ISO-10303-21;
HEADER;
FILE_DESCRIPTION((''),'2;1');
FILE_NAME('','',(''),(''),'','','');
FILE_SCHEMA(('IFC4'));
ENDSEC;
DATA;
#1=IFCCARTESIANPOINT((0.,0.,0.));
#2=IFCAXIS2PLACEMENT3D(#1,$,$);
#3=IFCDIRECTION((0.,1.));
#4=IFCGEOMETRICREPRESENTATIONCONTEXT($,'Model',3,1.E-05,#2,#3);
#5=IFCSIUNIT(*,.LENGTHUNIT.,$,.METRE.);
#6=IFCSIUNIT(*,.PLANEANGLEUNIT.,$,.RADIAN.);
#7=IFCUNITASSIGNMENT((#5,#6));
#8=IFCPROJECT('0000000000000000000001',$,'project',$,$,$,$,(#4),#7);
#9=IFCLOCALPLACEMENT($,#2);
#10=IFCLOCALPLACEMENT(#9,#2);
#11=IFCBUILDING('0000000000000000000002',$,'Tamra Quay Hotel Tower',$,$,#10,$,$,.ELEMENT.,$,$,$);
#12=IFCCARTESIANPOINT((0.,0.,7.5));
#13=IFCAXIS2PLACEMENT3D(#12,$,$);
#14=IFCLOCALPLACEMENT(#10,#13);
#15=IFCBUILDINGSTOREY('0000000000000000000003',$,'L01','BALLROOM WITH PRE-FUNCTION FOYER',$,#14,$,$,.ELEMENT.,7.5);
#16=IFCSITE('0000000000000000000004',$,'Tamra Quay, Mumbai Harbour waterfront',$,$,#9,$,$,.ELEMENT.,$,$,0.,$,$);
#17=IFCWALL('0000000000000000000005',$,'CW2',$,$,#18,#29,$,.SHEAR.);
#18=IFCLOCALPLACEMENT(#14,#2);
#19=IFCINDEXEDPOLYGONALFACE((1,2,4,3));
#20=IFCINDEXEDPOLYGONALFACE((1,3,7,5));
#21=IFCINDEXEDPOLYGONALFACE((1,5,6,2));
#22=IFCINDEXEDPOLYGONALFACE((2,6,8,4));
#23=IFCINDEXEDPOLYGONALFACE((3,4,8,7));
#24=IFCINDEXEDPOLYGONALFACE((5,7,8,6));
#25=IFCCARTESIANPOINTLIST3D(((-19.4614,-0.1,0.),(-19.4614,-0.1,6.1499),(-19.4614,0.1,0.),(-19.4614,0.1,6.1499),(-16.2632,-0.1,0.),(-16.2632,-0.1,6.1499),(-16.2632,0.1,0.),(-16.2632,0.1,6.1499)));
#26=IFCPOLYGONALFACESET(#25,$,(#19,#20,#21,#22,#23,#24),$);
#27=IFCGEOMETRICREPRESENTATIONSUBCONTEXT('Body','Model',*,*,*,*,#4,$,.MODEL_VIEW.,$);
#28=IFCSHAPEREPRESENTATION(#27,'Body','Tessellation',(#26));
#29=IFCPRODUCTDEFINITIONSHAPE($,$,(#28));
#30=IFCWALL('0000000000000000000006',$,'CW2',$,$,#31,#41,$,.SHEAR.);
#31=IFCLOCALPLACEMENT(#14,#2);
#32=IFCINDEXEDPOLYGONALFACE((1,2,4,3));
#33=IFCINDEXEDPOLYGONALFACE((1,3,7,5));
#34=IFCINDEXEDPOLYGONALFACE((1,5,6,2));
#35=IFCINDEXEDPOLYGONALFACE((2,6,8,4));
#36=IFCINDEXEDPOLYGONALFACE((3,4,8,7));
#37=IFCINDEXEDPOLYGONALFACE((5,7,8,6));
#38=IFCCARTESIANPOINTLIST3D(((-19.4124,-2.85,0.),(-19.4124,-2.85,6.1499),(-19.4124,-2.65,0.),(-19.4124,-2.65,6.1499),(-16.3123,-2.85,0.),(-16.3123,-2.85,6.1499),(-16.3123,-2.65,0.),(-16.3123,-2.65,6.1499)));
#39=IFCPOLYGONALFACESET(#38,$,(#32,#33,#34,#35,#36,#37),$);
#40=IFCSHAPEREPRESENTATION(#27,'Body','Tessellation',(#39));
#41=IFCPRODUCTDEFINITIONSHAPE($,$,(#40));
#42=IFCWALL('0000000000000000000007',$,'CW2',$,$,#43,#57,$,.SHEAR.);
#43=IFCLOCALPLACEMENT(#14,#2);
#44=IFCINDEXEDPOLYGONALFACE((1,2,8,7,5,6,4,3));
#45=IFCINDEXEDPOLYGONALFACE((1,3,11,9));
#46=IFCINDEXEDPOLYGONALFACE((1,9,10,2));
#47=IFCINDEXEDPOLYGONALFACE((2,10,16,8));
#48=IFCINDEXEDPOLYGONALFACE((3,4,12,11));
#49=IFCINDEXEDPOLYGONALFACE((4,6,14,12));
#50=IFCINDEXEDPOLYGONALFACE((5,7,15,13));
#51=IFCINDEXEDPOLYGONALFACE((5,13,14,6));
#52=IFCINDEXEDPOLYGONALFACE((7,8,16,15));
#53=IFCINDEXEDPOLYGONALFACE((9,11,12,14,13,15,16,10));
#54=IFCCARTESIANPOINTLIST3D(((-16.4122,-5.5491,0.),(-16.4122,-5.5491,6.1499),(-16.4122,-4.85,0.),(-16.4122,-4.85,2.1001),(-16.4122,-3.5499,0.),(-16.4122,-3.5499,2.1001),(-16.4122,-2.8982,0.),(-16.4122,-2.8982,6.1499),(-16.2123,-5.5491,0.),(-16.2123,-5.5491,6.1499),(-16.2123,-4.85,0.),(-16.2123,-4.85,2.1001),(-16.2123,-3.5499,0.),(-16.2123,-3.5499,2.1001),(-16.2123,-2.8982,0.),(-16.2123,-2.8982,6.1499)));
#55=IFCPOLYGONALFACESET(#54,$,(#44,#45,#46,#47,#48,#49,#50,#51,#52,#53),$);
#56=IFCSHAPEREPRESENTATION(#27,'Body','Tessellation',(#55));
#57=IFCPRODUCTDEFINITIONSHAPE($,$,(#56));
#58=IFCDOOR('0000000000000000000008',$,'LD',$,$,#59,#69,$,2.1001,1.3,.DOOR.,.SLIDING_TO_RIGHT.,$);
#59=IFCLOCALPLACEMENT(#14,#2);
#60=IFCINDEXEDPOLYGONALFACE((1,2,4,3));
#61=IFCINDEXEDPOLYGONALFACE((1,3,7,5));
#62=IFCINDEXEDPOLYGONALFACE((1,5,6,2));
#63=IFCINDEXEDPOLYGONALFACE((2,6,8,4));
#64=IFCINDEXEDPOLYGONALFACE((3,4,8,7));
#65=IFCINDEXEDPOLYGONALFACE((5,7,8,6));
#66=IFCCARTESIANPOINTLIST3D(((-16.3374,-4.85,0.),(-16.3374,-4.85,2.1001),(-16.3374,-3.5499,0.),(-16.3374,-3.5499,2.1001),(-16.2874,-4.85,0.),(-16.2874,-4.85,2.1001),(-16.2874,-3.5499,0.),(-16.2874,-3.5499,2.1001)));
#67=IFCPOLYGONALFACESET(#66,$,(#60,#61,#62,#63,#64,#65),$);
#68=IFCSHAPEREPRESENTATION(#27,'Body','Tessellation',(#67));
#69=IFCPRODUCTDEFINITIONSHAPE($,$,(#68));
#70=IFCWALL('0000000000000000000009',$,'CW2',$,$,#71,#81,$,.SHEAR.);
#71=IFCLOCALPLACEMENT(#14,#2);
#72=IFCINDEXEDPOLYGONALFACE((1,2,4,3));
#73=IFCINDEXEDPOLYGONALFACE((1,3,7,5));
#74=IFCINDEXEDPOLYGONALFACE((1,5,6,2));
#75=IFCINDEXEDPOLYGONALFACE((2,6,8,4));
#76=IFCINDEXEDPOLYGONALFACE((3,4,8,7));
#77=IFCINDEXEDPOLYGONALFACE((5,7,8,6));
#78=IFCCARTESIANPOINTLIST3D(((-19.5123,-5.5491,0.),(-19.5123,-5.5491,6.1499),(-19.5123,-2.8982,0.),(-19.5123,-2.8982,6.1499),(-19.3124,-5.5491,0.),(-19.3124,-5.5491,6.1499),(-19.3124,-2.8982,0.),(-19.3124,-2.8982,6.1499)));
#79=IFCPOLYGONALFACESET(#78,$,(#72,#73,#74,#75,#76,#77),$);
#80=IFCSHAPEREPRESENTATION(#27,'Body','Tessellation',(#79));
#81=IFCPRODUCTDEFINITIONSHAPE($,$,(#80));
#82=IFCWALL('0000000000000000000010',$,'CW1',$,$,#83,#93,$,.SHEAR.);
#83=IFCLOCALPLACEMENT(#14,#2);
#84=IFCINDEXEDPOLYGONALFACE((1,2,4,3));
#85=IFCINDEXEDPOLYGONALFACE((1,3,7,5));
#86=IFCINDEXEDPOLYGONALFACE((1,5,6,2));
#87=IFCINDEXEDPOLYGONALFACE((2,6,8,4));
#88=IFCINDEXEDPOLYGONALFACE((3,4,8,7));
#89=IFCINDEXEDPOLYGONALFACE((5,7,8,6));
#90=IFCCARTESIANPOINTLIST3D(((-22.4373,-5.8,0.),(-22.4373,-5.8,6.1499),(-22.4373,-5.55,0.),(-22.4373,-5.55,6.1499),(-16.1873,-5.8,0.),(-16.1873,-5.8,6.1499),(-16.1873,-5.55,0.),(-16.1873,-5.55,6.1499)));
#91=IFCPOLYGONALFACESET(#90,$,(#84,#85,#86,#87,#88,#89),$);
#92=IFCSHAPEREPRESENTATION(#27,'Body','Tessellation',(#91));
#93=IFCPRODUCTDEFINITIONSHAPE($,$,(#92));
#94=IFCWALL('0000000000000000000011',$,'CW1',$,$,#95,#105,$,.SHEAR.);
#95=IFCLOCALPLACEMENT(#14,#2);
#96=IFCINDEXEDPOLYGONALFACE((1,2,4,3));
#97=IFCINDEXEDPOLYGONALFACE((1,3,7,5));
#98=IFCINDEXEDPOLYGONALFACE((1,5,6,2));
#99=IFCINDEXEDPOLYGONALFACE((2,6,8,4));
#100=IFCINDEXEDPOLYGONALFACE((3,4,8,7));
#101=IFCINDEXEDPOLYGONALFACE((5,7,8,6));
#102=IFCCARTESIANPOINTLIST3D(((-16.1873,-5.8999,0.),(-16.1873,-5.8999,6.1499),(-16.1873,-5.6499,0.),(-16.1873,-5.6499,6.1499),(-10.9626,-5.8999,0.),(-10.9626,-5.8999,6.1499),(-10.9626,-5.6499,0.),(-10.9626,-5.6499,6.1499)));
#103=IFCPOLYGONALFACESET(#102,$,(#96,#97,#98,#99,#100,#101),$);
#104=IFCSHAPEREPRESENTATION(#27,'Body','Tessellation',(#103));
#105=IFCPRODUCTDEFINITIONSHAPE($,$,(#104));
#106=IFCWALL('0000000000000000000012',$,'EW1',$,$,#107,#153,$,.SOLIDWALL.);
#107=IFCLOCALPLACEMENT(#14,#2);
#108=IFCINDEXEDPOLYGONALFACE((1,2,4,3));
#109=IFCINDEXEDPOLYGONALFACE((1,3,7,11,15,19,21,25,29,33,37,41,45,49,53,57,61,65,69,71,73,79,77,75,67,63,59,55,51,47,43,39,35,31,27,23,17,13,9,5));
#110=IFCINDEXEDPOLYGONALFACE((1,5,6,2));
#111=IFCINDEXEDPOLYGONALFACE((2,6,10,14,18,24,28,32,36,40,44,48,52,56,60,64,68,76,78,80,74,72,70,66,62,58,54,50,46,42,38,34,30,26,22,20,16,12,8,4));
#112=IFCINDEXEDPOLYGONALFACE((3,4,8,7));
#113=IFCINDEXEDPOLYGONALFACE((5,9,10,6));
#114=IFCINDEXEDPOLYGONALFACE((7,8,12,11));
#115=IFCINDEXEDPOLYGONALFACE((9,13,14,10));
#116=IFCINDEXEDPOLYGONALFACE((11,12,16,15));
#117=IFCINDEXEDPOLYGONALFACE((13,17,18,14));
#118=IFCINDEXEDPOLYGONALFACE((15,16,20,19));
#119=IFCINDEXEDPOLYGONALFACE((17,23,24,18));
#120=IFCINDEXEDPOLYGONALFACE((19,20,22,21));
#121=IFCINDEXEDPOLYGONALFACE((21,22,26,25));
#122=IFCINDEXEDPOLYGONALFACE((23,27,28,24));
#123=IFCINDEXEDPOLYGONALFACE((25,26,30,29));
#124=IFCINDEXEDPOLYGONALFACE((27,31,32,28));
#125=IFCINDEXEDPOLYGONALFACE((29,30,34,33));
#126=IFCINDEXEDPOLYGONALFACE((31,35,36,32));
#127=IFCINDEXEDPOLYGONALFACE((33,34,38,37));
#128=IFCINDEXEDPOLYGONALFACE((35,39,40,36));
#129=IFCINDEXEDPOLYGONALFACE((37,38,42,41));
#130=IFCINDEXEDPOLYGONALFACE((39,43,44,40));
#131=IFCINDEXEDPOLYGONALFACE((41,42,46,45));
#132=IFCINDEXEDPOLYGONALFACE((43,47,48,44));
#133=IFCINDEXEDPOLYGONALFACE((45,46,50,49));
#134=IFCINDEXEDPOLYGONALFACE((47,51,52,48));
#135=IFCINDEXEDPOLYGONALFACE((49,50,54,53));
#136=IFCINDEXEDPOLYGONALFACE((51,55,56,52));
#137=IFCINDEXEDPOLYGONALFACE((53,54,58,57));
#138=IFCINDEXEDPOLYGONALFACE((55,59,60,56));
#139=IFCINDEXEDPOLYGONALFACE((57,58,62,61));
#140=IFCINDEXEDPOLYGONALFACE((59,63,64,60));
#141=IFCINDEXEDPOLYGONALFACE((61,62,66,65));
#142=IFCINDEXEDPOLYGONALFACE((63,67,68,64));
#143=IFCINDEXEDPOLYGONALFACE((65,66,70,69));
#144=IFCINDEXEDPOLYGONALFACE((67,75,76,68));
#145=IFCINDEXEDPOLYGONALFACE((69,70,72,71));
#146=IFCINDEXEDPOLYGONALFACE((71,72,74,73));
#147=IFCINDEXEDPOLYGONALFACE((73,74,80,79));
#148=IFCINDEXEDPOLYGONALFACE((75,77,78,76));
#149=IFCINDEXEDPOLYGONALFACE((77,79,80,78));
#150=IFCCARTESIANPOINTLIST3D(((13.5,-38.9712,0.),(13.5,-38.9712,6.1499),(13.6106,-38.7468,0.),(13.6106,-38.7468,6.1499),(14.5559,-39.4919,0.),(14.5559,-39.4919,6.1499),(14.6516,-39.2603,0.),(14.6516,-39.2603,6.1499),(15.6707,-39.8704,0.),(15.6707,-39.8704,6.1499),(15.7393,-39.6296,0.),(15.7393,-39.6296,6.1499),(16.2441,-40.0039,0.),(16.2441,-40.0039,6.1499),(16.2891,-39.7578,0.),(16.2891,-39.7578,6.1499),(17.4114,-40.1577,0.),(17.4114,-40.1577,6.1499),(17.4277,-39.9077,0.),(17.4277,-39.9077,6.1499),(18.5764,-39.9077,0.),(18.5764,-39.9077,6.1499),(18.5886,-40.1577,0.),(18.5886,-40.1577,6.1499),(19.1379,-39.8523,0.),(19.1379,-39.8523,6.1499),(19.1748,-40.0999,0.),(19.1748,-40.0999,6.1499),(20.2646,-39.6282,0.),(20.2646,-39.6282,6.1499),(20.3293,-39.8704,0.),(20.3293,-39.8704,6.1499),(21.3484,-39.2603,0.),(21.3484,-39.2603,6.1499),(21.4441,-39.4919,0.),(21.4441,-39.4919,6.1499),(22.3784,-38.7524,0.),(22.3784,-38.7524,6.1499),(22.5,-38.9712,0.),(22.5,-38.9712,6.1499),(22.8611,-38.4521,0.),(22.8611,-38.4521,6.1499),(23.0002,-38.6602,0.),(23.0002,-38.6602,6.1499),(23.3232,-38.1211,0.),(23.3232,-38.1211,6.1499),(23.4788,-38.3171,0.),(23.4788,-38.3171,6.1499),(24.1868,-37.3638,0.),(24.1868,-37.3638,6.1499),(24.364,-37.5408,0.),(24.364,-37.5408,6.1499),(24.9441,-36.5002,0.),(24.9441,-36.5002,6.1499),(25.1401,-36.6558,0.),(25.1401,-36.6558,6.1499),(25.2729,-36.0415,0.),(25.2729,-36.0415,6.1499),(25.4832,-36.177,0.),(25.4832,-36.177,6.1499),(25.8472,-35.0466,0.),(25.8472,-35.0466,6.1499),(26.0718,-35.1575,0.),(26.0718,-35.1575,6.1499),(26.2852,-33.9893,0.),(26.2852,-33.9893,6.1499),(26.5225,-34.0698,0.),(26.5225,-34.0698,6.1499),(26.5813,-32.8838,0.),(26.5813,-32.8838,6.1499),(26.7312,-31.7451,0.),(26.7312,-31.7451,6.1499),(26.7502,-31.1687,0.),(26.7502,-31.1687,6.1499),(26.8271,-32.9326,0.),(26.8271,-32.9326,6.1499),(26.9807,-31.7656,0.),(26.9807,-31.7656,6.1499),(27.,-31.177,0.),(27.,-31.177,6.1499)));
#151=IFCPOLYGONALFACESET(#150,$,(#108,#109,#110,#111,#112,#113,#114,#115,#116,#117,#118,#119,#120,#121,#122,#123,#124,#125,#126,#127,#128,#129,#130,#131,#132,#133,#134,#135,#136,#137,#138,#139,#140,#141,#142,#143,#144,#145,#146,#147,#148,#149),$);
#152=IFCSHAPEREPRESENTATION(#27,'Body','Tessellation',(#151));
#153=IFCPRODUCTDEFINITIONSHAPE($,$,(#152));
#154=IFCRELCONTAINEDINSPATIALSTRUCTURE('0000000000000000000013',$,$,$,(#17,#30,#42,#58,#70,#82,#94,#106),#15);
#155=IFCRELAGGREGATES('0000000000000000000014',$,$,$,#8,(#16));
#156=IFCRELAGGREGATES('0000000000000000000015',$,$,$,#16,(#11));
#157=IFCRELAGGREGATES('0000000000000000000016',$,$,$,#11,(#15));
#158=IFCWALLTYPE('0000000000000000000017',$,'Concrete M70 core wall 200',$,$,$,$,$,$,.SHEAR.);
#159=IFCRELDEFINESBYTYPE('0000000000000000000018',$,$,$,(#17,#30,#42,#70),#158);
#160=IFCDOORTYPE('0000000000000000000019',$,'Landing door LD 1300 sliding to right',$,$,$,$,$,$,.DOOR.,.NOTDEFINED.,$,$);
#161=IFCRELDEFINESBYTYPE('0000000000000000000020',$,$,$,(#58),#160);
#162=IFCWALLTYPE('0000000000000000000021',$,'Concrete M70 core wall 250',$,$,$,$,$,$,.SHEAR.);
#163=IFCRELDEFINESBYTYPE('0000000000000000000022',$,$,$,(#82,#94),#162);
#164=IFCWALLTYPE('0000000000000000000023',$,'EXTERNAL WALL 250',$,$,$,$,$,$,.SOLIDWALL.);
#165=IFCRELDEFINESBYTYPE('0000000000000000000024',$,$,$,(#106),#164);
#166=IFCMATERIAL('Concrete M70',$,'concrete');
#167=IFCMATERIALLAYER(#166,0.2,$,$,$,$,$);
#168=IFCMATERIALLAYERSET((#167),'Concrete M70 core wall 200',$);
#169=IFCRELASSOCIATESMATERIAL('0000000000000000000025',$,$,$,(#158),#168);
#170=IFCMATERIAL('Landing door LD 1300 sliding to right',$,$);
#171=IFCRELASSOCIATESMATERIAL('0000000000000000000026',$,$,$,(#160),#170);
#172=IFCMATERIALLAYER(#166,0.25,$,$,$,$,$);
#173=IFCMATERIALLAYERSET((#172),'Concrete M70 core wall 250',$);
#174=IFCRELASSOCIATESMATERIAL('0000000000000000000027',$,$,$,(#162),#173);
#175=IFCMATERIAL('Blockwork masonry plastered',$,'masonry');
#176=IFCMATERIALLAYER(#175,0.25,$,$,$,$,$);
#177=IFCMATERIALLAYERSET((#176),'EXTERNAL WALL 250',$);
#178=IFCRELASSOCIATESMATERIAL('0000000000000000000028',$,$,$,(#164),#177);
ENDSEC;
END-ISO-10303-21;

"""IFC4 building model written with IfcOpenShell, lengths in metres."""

from ifc_helpers import new_model, si_unit, direction, frame, frame_2d, origin, place, context, subcontext, project, spatial, polyline, rectangle, outline, extrude, material, layer, layer_set, type_object, element, fill, save


model = new_model("IFC4")

# Units and contexts
model_context = context("Model", 3, precision=1e-05, world=origin(), true_north=direction((0.0, 1.0)))
body_context = subcontext(model_context, "Body", "Model", "MODEL_VIEW")
ifc_project = project(units=[si_unit("LENGTHUNIT", "METRE"), si_unit("PLANEANGLEUNIT", "RADIAN")], contexts=[model_context])

# Site, building, storey
site_placement = place(None, origin())
site = spatial("IfcSite", under=ifc_project, at=site_placement, Name="Tamra Quay, Mumbai Harbour waterfront", CompositionType="ELEMENT", RefElevation=0.0)
building_placement = place(site_placement, origin())
building = spatial("IfcBuilding", under=site, at=building_placement, Name="Tamra Quay Hotel Tower", CompositionType="ELEMENT")
storey_placement = place(building_placement, frame((0.0, 0.0, 7.5)))
storey = spatial("IfcBuildingStorey", under=building, at=storey_placement, Name="L01", Description="BALLROOM WITH PRE-FUNCTION FOYER", CompositionType="ELEMENT", Elevation=7.5)

# Shared definitions
ifc_material_1 = material(Name="Concrete M70", Category="concrete")

# Shared definitions
ifc_layer_1 = layer(ifc_material_1, 0.2)
ifc_layer_set_1 = layer_set([ifc_layer_1], Name="Concrete M70 core wall 200")
wall_type_1 = type_object("IfcWallType", Name="Concrete M70 core wall 200", PredefinedType="SHEAR", material=ifc_layer_set_1)

# Walls
wall_1_placement = place(storey_placement, frame((-16.2632, 0.0, 0.0), z_axis=(0.0, 0.0, 1.0), x_axis=(-1.0, 0.0, 0.0)))
element("IfcWall", 1, at=wall_1_placement, inside=storey, type_object=wall_type_1, Name="CW2", PredefinedType="SHEAR", context=body_context, shape_type="SweptSolid", body=[
    extrude(rectangle(XDim=3.1982, YDim=0.2, at=frame_2d((1.5991, 0.0))), origin(), (0.0, 0.0, 1.0), 6.1499),
])
wall_2_placement = place(storey_placement, frame((-19.4124, -2.75, 0.0), z_axis=(0.0, 0.0, 1.0), x_axis=(1.0, 0.0, 0.0)))
element("IfcWall", 2, at=wall_2_placement, inside=storey, type_object=wall_type_1, Name="CW2", PredefinedType="SHEAR", context=body_context, shape_type="SweptSolid", body=[
    extrude(rectangle(XDim=3.1001, YDim=0.2, at=frame_2d((1.55, 0.0))), origin(), (0.0, 0.0, 1.0), 6.1499),
])

# Wall, opening, door
wall_3_placement = place(storey_placement, frame((-16.3123, -2.8982, 0.0), z_axis=(0.0, 0.0, 1.0), x_axis=(0.0, -1.0, 0.0)))
wall_3 = element("IfcWall", 3, at=wall_3_placement, inside=storey, type_object=wall_type_1, Name="CW2", PredefinedType="SHEAR", context=body_context, shape_type="SweptSolid", body=[
    extrude(rectangle(XDim=2.6509, YDim=0.2, at=frame_2d((1.3254, 0.0))), origin(), (0.0, 0.0, 1.0), 6.1499),
])
opening_1_placement = place(wall_3_placement, frame((0.6519, 0.0, 0.0)))
opening_1 = element("IfcOpeningElement", 4, at=opening_1_placement, cuts=wall_3, PredefinedType="OPENING", context=body_context, shape_type="SweptSolid", body=[
    extrude(rectangle(XDim=1.3, YDim=2.1001, at=frame_2d((0.6499, 1.05))), frame((0.0, 0.1099, 0.0), z_axis=(0.0, -1.0, 0.0), x_axis=(1.0, 0.0, 0.0)), (0.0, 0.0, 1.0), 0.22),
])
ifc_material_2 = material(Name="Landing door LD 1300 sliding to right")
door_type_1 = type_object("IfcDoorType", Name="Landing door LD 1300 sliding to right", OperationType="NOTDEFINED", PredefinedType="DOOR", material=ifc_material_2)
door_1_placement = place(opening_1_placement, origin())
door_1 = element("IfcDoor", 5, at=door_1_placement, inside=storey, type_object=door_type_1, Name="LD", OperationType="SLIDING_TO_RIGHT", OverallHeight=2.1001, OverallWidth=1.3, PredefinedType="DOOR", context=body_context, shape_type="SweptSolid", body=[
    extrude(rectangle(XDim=1.3, YDim=2.1001, at=frame_2d((0.6499, 1.05))), frame((0.0, 0.0249, 0.0), z_axis=(0.0, -1.0, 0.0), x_axis=(1.0, 0.0, 0.0)), (0.0, 0.0, 1.0), 0.05),
])
fill(opening_1, door_1)

# Walls
wall_4_placement = place(storey_placement, frame((-19.4124, -5.5491, 0.0), z_axis=(0.0, 0.0, 1.0), x_axis=(0.0, 1.0, 0.0)))
element("IfcWall", 6, at=wall_4_placement, inside=storey, type_object=wall_type_1, Name="CW2", PredefinedType="SHEAR", context=body_context, shape_type="SweptSolid", body=[
    extrude(rectangle(XDim=2.6509, YDim=0.2, at=frame_2d((1.3254, 0.0))), origin(), (0.0, 0.0, 1.0), 6.1499),
])
ifc_layer_2 = layer(ifc_material_1, 0.25)
ifc_layer_set_2 = layer_set([ifc_layer_2], Name="Concrete M70 core wall 250")
wall_type_2 = type_object("IfcWallType", Name="Concrete M70 core wall 250", PredefinedType="SHEAR", material=ifc_layer_set_2)
wall_5_placement = place(storey_placement, frame((-16.1873, -5.675, 0.0), z_axis=(0.0, 0.0, 1.0), x_axis=(-1.0, 0.0, 0.0)))
element("IfcWall", 7, at=wall_5_placement, inside=storey, type_object=wall_type_2, Name="CW1", PredefinedType="SHEAR", context=body_context, shape_type="SweptSolid", body=[
    extrude(rectangle(XDim=6.25, YDim=0.25, at=frame_2d((3.125, 0.0))), origin(), (0.0, 0.0, 1.0), 6.1499),
])
wall_6_placement = place(storey_placement, frame((-10.9626, -5.7749, 0.0), z_axis=(0.0, 0.0, 1.0), x_axis=(-1.0, 0.0, 0.0)))
element("IfcWall", 8, at=wall_6_placement, inside=storey, type_object=wall_type_2, Name="CW1", PredefinedType="SHEAR", context=body_context, shape_type="SweptSolid", body=[
    extrude(rectangle(XDim=5.2246, YDim=0.25, at=frame_2d((2.6123, 0.0))), origin(), (0.0, 0.0, 1.0), 6.1499),
])
ifc_material_3 = material(Name="Blockwork masonry plastered", Category="masonry")
ifc_layer_3 = layer(ifc_material_3, 0.25)
ifc_layer_set_3 = layer_set([ifc_layer_3], Name="EXTERNAL WALL 250")
wall_type_3 = type_object("IfcWallType", Name="EXTERNAL WALL 250", PredefinedType="SOLIDWALL", material=ifc_layer_set_3)
wall_7_placement = place(storey_placement, origin())
element("IfcWall", 9, at=wall_7_placement, inside=storey, type_object=wall_type_3, Name="EW1", PredefinedType="SOLIDWALL", context=body_context, shape_type="SweptSolid", body=[
    extrude(outline(polyline([(13.5, -38.9712), (14.5559, -39.4919), (15.6707, -39.8704), (16.2441, -40.0039), (17.4114, -40.1577), (18.5886, -40.1577), (19.1748, -40.0999), (20.3293, -39.8704), (21.4441, -39.4919), (22.5, -38.9712), (23.0002, -38.6602), (23.4788, -38.3171), (24.364, -37.5408), (25.1401, -36.6558), (25.4832, -36.177), (26.0718, -35.1575), (26.5225, -34.0698), (26.8271, -32.9326), (26.9807, -31.7656), (27.0, -31.177), (26.7502, -31.1687), (26.7312, -31.7451), (26.5813, -32.8838), (26.2852, -33.9893), (25.8472, -35.0466), (25.2729, -36.0415), (24.9441, -36.5002), (24.1868, -37.3638), (23.3232, -38.1211), (22.8611, -38.4521), (22.3784, -38.7524), (21.3484, -39.2603), (20.2646, -39.6282), (19.1379, -39.8523), (18.5764, -39.9077), (17.4277, -39.9077), (16.2891, -39.7578), (15.7393, -39.6296), (14.6516, -39.2603), (13.6106, -38.7468), (13.5, -38.9712)])), origin(), (0.0, 0.0, 1.0), 6.1499),
])

save(model, "model.ifc")
